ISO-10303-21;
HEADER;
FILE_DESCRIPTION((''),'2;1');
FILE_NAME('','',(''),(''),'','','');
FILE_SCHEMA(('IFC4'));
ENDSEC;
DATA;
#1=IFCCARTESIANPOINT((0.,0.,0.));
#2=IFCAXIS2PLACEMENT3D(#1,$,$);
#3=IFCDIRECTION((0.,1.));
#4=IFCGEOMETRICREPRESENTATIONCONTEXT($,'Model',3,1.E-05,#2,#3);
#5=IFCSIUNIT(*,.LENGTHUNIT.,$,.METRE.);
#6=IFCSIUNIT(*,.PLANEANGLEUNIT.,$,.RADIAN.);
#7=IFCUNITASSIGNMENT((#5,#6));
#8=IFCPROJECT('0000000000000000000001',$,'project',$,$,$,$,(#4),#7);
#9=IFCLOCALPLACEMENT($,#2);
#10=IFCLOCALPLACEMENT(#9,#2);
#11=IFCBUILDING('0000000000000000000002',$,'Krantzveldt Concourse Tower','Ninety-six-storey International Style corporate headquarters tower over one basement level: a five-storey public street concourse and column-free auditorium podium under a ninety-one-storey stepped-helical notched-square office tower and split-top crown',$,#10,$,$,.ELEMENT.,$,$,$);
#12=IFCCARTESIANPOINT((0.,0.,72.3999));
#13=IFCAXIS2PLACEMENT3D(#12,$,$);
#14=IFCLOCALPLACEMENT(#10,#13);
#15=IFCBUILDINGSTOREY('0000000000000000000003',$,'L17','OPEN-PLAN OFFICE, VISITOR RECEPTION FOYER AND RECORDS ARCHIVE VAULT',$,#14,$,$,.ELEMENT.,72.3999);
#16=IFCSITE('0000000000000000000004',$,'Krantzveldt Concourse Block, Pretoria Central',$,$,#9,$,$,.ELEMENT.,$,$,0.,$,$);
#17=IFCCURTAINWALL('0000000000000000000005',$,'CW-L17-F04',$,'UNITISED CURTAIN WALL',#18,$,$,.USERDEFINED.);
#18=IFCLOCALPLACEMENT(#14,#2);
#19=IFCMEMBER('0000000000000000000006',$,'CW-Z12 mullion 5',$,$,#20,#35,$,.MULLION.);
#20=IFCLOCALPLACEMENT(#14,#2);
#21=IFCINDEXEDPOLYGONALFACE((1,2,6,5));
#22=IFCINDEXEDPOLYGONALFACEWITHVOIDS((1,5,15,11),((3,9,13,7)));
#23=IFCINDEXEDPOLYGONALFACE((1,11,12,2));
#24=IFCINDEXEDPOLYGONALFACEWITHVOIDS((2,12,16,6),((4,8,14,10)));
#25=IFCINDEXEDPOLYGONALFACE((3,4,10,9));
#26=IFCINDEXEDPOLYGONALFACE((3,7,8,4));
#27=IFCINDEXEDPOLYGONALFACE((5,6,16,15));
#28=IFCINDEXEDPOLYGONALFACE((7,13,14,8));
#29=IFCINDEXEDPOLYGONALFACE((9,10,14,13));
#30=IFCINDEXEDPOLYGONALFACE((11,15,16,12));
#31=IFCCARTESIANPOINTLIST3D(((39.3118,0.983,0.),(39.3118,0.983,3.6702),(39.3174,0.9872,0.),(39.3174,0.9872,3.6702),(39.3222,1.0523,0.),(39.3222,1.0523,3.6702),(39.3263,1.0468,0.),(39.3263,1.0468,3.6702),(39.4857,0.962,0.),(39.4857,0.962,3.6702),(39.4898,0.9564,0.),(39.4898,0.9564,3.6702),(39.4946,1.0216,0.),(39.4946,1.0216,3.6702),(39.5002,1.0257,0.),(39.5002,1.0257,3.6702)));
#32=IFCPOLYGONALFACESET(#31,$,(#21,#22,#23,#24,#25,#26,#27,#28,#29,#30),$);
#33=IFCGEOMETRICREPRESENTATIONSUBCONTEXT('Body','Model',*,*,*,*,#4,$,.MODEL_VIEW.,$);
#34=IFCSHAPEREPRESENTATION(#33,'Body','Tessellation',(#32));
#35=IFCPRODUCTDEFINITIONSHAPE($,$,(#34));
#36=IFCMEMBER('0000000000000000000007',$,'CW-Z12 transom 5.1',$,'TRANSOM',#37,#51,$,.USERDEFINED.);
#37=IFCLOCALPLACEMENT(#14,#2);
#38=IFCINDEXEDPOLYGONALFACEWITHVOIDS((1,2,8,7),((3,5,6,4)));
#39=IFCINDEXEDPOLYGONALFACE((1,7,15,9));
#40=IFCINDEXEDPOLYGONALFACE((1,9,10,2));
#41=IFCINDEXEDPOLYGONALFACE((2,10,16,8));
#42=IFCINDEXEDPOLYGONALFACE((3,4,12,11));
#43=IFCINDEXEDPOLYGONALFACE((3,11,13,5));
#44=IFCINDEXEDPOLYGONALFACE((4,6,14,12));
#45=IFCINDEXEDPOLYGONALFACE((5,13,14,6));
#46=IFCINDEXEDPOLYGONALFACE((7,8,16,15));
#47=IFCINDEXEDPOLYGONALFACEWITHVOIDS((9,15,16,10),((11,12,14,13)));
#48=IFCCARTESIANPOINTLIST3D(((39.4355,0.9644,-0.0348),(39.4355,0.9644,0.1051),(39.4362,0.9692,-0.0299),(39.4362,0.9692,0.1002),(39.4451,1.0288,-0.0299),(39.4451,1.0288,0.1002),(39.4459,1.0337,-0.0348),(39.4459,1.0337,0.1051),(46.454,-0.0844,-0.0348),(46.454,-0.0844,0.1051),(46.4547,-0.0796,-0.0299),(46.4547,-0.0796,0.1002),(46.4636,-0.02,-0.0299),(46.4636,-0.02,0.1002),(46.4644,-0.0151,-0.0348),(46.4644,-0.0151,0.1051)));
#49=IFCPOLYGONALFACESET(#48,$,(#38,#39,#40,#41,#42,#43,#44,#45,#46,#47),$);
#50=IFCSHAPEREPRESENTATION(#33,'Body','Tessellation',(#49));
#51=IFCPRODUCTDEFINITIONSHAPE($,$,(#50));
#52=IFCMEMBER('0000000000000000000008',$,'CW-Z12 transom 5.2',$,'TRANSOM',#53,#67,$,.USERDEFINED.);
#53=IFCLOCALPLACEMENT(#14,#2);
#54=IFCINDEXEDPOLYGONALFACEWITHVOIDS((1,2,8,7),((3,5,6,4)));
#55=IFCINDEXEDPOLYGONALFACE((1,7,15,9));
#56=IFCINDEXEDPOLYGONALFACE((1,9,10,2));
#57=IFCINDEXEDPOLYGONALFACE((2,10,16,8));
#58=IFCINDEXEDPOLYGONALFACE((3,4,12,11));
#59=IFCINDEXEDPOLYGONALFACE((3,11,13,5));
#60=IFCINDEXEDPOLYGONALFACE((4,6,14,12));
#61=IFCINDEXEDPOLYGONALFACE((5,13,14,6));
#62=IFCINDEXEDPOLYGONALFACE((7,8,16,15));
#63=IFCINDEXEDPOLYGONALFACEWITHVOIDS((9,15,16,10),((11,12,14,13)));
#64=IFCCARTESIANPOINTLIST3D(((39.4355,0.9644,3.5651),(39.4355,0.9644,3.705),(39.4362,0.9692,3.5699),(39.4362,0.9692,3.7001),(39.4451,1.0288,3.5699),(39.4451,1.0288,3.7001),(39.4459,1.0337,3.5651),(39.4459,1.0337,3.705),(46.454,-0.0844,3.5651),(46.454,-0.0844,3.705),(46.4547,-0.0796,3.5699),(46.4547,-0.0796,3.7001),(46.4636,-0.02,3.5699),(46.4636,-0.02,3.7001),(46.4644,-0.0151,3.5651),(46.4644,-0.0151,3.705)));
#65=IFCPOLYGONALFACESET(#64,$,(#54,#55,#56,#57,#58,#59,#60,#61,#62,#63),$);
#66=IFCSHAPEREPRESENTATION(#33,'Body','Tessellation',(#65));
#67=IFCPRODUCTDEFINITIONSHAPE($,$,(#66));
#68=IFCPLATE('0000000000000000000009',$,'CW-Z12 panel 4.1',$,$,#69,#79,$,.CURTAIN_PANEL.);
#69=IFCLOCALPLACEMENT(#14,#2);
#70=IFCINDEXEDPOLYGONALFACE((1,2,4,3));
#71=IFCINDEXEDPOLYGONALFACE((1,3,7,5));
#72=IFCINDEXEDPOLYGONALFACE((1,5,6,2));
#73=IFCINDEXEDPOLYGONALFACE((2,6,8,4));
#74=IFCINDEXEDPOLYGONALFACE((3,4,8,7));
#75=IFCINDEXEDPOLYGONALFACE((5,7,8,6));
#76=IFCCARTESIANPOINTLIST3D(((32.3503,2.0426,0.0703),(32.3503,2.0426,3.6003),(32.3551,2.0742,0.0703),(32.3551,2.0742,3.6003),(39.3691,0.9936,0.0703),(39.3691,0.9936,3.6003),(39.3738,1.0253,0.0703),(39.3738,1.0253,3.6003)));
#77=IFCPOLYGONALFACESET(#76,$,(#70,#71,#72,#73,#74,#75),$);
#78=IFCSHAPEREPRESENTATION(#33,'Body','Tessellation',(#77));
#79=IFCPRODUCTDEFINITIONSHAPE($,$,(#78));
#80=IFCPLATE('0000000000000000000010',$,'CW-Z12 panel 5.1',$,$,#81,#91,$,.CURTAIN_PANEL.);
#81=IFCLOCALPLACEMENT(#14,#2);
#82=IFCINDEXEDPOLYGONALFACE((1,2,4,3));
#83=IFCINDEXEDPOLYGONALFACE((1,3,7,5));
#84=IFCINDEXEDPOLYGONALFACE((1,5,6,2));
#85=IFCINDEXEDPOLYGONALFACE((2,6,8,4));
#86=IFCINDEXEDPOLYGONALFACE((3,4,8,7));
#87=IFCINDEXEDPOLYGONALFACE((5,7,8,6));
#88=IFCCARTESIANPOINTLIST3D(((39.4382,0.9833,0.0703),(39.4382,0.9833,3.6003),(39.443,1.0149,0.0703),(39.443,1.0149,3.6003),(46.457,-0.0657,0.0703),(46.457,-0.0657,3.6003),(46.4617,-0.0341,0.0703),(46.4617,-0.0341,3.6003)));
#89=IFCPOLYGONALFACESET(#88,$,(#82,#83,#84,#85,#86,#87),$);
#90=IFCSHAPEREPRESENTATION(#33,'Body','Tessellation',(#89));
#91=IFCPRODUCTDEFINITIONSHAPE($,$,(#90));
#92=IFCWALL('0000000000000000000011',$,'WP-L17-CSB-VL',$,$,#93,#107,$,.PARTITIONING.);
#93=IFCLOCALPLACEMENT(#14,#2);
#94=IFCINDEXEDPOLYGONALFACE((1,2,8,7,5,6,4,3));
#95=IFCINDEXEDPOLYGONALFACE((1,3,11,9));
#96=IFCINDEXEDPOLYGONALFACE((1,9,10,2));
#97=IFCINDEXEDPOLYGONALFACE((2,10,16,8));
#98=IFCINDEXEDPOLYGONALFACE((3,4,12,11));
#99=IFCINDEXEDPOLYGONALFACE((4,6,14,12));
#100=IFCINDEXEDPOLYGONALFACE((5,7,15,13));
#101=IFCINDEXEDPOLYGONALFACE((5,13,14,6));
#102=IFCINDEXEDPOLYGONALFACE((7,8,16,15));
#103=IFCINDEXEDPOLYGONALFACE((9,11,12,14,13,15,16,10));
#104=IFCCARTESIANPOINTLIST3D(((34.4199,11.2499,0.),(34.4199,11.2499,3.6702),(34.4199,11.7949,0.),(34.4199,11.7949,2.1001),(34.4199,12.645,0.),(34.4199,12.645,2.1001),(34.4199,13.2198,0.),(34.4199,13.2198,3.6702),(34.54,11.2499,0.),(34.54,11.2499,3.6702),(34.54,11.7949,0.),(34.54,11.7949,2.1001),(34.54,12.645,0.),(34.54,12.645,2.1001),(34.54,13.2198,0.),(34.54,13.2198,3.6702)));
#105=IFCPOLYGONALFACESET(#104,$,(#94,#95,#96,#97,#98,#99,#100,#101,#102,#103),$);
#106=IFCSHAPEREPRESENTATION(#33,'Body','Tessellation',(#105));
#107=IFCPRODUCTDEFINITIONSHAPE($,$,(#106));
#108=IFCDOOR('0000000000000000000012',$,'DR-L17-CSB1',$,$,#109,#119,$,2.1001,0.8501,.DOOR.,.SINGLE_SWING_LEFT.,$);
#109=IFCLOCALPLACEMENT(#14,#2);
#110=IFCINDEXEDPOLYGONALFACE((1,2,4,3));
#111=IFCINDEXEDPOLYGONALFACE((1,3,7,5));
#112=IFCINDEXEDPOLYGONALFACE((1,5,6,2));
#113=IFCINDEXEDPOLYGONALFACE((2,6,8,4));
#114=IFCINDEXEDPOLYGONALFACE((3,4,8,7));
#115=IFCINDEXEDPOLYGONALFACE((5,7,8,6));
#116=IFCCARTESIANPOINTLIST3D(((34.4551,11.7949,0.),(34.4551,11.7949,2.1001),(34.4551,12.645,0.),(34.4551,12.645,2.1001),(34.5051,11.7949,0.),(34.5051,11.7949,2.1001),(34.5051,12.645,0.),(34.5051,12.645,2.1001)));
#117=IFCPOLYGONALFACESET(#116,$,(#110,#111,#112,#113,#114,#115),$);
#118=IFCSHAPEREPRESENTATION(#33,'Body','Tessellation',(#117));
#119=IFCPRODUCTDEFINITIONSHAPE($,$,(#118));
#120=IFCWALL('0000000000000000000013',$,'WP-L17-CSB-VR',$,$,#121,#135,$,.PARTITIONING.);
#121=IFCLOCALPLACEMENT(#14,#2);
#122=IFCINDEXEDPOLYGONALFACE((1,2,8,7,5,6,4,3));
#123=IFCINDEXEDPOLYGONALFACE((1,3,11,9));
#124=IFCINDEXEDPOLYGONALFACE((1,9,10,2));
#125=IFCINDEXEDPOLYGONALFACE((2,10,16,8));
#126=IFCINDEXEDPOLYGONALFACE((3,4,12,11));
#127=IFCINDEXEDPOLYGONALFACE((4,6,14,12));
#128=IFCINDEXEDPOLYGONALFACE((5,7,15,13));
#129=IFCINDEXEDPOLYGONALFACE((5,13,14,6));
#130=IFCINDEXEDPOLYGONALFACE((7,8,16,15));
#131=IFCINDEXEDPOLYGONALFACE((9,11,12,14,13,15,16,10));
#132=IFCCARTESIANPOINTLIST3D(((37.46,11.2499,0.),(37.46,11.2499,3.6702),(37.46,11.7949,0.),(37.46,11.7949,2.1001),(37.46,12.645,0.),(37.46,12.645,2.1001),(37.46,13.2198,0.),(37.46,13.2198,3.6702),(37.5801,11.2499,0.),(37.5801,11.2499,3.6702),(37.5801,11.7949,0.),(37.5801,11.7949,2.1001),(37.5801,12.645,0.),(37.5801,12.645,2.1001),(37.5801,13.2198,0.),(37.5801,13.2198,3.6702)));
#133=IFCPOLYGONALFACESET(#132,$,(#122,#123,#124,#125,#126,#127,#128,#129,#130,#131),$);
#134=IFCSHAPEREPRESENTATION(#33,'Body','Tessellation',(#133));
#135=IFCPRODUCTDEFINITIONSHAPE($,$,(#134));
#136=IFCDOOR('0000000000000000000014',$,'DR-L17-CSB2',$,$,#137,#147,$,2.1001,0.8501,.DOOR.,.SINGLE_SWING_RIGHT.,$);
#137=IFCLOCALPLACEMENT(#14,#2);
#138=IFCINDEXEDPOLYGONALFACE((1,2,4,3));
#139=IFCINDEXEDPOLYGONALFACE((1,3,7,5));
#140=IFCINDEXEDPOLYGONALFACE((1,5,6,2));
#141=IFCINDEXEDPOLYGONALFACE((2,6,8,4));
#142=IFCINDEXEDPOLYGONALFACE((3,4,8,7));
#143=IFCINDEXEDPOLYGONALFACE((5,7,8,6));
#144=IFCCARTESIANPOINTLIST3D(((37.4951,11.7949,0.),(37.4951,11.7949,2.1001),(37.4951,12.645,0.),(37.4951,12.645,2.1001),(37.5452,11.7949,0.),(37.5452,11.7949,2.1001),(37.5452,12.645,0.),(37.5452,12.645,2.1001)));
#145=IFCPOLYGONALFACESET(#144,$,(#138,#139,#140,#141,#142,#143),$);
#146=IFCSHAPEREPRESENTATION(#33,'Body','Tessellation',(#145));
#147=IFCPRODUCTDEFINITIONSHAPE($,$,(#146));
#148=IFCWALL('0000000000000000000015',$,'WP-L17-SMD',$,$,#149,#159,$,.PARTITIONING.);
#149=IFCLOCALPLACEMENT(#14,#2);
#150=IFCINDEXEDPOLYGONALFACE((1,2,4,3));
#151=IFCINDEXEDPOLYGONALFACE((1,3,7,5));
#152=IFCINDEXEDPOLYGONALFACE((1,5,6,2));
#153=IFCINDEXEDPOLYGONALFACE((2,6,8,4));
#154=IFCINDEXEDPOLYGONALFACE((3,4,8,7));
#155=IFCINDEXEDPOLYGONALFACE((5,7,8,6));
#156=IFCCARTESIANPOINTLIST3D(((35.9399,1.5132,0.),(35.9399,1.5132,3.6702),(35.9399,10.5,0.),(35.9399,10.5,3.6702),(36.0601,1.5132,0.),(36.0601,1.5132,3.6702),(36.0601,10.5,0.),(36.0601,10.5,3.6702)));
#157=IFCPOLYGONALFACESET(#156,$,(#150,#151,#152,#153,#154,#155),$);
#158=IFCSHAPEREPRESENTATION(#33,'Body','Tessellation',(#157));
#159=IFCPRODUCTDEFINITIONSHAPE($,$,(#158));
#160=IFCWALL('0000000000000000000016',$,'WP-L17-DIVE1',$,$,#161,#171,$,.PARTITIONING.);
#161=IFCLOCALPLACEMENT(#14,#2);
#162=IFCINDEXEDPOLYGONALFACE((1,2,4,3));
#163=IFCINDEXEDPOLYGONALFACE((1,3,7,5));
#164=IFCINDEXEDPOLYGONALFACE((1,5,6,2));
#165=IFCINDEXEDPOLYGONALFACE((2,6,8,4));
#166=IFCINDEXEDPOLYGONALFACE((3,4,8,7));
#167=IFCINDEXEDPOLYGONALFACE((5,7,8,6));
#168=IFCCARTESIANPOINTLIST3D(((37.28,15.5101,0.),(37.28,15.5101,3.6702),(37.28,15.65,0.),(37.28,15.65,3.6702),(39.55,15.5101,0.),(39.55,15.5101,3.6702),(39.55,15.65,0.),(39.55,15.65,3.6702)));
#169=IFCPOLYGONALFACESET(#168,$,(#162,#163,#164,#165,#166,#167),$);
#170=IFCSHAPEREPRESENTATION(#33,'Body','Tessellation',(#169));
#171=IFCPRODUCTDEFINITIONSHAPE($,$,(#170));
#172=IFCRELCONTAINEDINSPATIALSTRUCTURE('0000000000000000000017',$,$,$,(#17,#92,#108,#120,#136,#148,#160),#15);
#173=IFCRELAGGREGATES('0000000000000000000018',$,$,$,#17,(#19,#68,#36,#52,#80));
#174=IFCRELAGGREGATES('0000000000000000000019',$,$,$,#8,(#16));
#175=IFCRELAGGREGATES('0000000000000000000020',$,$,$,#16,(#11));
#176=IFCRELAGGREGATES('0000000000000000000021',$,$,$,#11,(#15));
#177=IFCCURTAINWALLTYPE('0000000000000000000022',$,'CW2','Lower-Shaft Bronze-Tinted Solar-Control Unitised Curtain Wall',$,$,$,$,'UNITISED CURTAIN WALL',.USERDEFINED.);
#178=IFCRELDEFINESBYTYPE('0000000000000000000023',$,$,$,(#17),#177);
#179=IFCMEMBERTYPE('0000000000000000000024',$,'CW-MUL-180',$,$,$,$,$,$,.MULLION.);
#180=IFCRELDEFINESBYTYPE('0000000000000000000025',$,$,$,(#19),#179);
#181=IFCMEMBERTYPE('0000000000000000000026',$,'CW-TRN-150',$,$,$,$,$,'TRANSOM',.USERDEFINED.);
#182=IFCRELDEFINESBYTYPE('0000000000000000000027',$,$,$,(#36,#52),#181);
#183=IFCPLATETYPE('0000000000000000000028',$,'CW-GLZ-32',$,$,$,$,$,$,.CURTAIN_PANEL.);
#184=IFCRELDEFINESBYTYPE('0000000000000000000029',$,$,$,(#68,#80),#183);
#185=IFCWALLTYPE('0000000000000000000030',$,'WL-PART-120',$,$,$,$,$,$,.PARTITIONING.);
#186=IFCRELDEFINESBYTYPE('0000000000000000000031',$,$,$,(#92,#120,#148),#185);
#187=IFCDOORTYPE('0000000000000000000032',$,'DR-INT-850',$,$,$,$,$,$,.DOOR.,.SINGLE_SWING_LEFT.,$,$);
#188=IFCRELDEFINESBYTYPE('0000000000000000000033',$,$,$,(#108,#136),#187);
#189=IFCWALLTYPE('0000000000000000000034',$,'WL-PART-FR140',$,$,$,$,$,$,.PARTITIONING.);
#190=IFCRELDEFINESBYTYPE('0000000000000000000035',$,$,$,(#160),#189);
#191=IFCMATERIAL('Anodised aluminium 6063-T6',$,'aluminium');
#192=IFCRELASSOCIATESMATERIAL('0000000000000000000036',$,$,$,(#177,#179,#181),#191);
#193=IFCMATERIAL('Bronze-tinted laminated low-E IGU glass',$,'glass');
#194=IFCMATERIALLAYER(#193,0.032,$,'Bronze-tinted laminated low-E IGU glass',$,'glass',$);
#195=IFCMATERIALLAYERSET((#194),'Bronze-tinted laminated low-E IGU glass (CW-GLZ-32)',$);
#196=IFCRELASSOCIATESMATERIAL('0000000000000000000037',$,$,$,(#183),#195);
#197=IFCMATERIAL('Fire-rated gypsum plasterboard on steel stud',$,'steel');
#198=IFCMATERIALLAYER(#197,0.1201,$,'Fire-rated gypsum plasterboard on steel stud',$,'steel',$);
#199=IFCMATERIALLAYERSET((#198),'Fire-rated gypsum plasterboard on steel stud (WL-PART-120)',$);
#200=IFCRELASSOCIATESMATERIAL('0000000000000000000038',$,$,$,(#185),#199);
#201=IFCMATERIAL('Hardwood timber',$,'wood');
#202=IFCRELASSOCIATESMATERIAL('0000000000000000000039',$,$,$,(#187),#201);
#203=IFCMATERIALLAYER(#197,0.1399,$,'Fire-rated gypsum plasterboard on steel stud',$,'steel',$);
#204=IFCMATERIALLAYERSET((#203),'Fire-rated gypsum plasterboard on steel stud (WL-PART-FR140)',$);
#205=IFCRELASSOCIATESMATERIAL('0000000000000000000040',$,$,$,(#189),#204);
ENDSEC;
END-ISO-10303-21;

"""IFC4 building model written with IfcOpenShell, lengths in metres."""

from ifc_helpers import new_model, si_unit, direction, frame, frame_2d, origin, origin_2d, place, context, subcontext, project, spatial, rectangle, hollow_rectangle, extrude, source, transform, mapped, material, layer, layer_set, material_profile, profile_set, type_object, type_shapes, element, fill, aggregate, save


model = new_model("IFC4")

# Units and contexts
model_context = context("Model", 3, precision=1e-05, world=origin(), true_north=direction((0.0, 1.0)))
body_context = subcontext(model_context, "Body", "Model", "MODEL_VIEW")
ifc_project = project(units=[si_unit("LENGTHUNIT", "METRE"), si_unit("PLANEANGLEUNIT", "RADIAN")], contexts=[model_context])

# Site, building, storey
site_placement = place(None, origin())
site = spatial("IfcSite", under=ifc_project, at=site_placement, Name="Krantzveldt Concourse Block, Pretoria Central", CompositionType="ELEMENT", RefElevation=0.0)
building_placement = place(site_placement, origin())
building = spatial("IfcBuilding", under=site, at=building_placement, Name="Krantzveldt Concourse Tower", Description="Ninety-six-storey International Style corporate headquarters tower over one basement level: a five-storey public street concourse and column-free auditorium podium under a ninety-one-storey stepped-helical notched-square office tower and split-top crown", CompositionType="ELEMENT")
storey_placement = place(building_placement, frame((0.0, 0.0, 72.3999)))
storey = spatial("IfcBuildingStorey", under=building, at=storey_placement, Name="L17", Description="OPEN-PLAN OFFICE, VISITOR RECEPTION FOYER AND RECORDS ARCHIVE VAULT", CompositionType="ELEMENT", Elevation=72.3999)

# Curtain wall, members, plates
ifc_material_1 = material(Name="Anodised aluminium 6063-T6", Category="aluminium")
curtain_wall_type = type_object("IfcCurtainWallType", Name="CW2", Description="Lower-Shaft Bronze-Tinted Solar-Control Unitised Curtain Wall", ElementType="UNITISED CURTAIN WALL", PredefinedType="USERDEFINED", material=ifc_material_1)
curtain_wall_placement = place(storey_placement, origin())
curtain_wall = element("IfcCurtainWall", 1, at=curtain_wall_placement, inside=storey, type_object=curtain_wall_type, Name="CW-L17-F04", ObjectType="UNITISED CURTAIN WALL", PredefinedType="USERDEFINED")
ifc_material_profile_1 = material_profile(ifc_material_1, hollow_rectangle(XDim=0.0701, YDim=0.1799, WallThickness=0.0049, at=origin_2d()), Name="Anodised aluminium 6063-T6", Category="aluminium")
ifc_profile_set_1 = profile_set([ifc_material_profile_1], Name="Anodised aluminium 6063-T6 - ALU-MULL 180x70x5")
member_type_1 = type_object("IfcMemberType", Name="CW-MUL-180", PredefinedType="MULLION", material=ifc_profile_set_1)
shared_shape_1 = source(origin(), body_context, "Body", "SweptSolid", [
    extrude(hollow_rectangle(XDim=0.0701, YDim=0.1799, WallThickness=0.0049, at=origin_2d()), origin(), (0.0, 0.0, 1.0), 3.6702),
])
type_shapes(member_type_1, [shared_shape_1])
member_1_placement = place(storey_placement, frame((39.406, 1.0044, 0.0), z_axis=(0.0, 0.0, 1.0), x_axis=(0.14781, 0.989016, 0.0)))
member_1 = element("IfcMember", 2, at=member_1_placement, type_object=member_type_1, Name="CW-Z12 mullion 5", PredefinedType="MULLION", context=body_context, shape_type="MappedRepresentation", body=[
    mapped(shared_shape_1, transform((0.0, 0.0, 0.0), x_axis=(1.0, 0.0, 0.0), y_axis=(0.0, 1.0, 0.0), z_axis=(0.0, 0.0, 1.0), scale=1.0)),
])
ifc_material_profile_2 = material_profile(ifc_material_1, hollow_rectangle(XDim=0.0701, YDim=0.1399, WallThickness=0.0049, at=origin_2d()), Name="Anodised aluminium 6063-T6", Category="aluminium")
ifc_profile_set_2 = profile_set([ifc_material_profile_2], Name="Anodised aluminium 6063-T6 - ALU-TRAN 140x70x5")
member_type_2 = type_object("IfcMemberType", Name="CW-TRN-150", ElementType="TRANSOM", PredefinedType="USERDEFINED", material=ifc_profile_set_2)
shared_shape_2 = source(origin(), body_context, "Body", "SweptSolid", [
    extrude(hollow_rectangle(XDim=0.0701, YDim=0.1399, WallThickness=0.0049, at=origin_2d()), origin(), (0.0, 0.0, 1.0), 7.0964),
])
type_shapes(member_type_2, [shared_shape_2])
member_2_placement = place(storey_placement, frame((39.4407, 0.999, 0.0352), z_axis=(0.989018, -0.147795, 0.0), x_axis=(0.147795, 0.989018, 0.0)))
member_2 = element("IfcMember", 3, at=member_2_placement, type_object=member_type_2, Name="CW-Z12 transom 5.1", ObjectType="TRANSOM", PredefinedType="USERDEFINED", context=body_context, shape_type="MappedRepresentation", body=[
    mapped(shared_shape_2, transform((0.0, 0.0, 0.0), x_axis=(1.0, 0.0, 0.0), y_axis=(0.0, 1.0, 0.0), z_axis=(0.0, 0.0, 1.0), scale=1.0)),
])
member_3_placement = place(storey_placement, frame((39.4407, 0.999, 3.635), z_axis=(0.989018, -0.147795, 0.0), x_axis=(0.147795, 0.989018, 0.0)))
member_3 = element("IfcMember", 4, at=member_3_placement, type_object=member_type_2, Name="CW-Z12 transom 5.2", ObjectType="TRANSOM", PredefinedType="USERDEFINED", context=body_context, shape_type="MappedRepresentation", body=[
    mapped(shared_shape_2, transform((0.0, 0.0, 0.0), x_axis=(1.0, 0.0, 0.0), y_axis=(0.0, 1.0, 0.0), z_axis=(0.0, 0.0, 1.0), scale=1.0)),
])
ifc_material_2 = material(Name="Bronze-tinted laminated low-E IGU glass", Category="glass")
ifc_layer_1 = layer(ifc_material_2, 0.032, Name="Bronze-tinted laminated low-E IGU glass", Category="glass")
ifc_layer_set_1 = layer_set([ifc_layer_1], Name="Bronze-tinted laminated low-E IGU glass (CW-GLZ-32)")
plate_type = type_object("IfcPlateType", Name="CW-GLZ-32", PredefinedType="CURTAIN_PANEL", material=ifc_layer_set_1)
shared_shape_3 = source(origin(), body_context, "Body", "SweptSolid", [
    extrude(rectangle(XDim=7.0967, YDim=0.032, at=origin_2d()), origin(), (0.0, 0.0, 1.0), 3.53),
])
type_shapes(plate_type, [shared_shape_3])
plate_1_placement = place(storey_placement, frame((35.8621, 1.5339, 0.0703), z_axis=(0.0, 0.0, 1.0), x_axis=(0.989016, -0.14781, 0.0)))
plate_1 = element("IfcPlate", 5, at=plate_1_placement, type_object=plate_type, Name="CW-Z12 panel 4.1", PredefinedType="CURTAIN_PANEL", context=body_context, shape_type="MappedRepresentation", body=[
    mapped(shared_shape_3, transform((0.0, 0.0, 0.0), x_axis=(1.0, 0.0, 0.0), y_axis=(0.0, 1.0, 0.0), z_axis=(0.0, 0.0, 1.0), scale=1.0)),
])
plate_2_placement = place(storey_placement, frame((42.95, 0.4746, 0.0703), z_axis=(0.0, 0.0, 1.0), x_axis=(0.989016, -0.14781, 0.0)))
plate_2 = element("IfcPlate", 6, at=plate_2_placement, type_object=plate_type, Name="CW-Z12 panel 5.1", PredefinedType="CURTAIN_PANEL", context=body_context, shape_type="MappedRepresentation", body=[
    mapped(shared_shape_3, transform((0.0, 0.0, 0.0), x_axis=(1.0, 0.0, 0.0), y_axis=(0.0, 1.0, 0.0), z_axis=(0.0, 0.0, 1.0), scale=1.0)),
])
aggregate(curtain_wall, [member_1, plate_1, member_2, member_3, plate_2])

# Walls, openings, doors
ifc_material_3 = material(Name="Fire-rated gypsum plasterboard on steel stud", Category="steel")
ifc_layer_2 = layer(ifc_material_3, 0.1201, Name="Fire-rated gypsum plasterboard on steel stud", Category="steel")
ifc_layer_set_2 = layer_set([ifc_layer_2], Name="Fire-rated gypsum plasterboard on steel stud (WL-PART-120)")
wall_type_1 = type_object("IfcWallType", Name="WL-PART-120", PredefinedType="PARTITIONING", material=ifc_layer_set_2)
wall_1_placement = place(storey_placement, frame((34.48, 11.25, 0.0), z_axis=(0.0, 0.0, 1.0), x_axis=(0.0, 1.0, 0.0)))
wall_1 = element("IfcWall", 7, at=wall_1_placement, inside=storey, type_object=wall_type_1, Name="WP-L17-CSB-VL", PredefinedType="PARTITIONING", context=body_context, shape_type="SweptSolid", body=[
    extrude(rectangle(XDim=1.97, YDim=0.1201, at=frame_2d((0.9849, 0.0))), origin(), (0.0, 0.0, 1.0), 3.6702),
])
opening_1_placement = place(wall_1_placement, frame((0.5449, 0.0, 0.0)))
opening_1 = element("IfcOpeningElement", 8, at=opening_1_placement, cuts=wall_1, PredefinedType="OPENING", context=body_context, shape_type="SweptSolid", body=[
    extrude(rectangle(XDim=0.8501, YDim=2.1001, at=frame_2d((0.425, 1.05))), frame((0.0, 0.0701, 0.0), z_axis=(0.0, -1.0, 0.0), x_axis=(1.0, 0.0, 0.0)), (0.0, 0.0, 1.0), 0.1401),
])
ifc_material_4 = material(Name="Hardwood timber", Category="wood")
door_type_1 = type_object("IfcDoorType", Name="DR-INT-850", OperationType="SINGLE_SWING_LEFT", PredefinedType="DOOR", material=ifc_material_4)
door_1_placement = place(opening_1_placement, origin())
door_1 = element("IfcDoor", 9, at=door_1_placement, inside=storey, type_object=door_type_1, Name="DR-L17-CSB1", OperationType="SINGLE_SWING_LEFT", OverallHeight=2.1001, OverallWidth=0.8501, PredefinedType="DOOR", context=body_context, shape_type="SweptSolid", body=[
    extrude(rectangle(XDim=0.8501, YDim=2.1001, at=frame_2d((0.425, 1.05))), frame((0.0, 0.0249, 0.0), z_axis=(0.0, -1.0, 0.0), x_axis=(1.0, 0.0, 0.0)), (0.0, 0.0, 1.0), 0.05),
])
fill(opening_1, door_1)
wall_2_placement = place(storey_placement, frame((37.52, 11.25, 0.0), z_axis=(0.0, 0.0, 1.0), x_axis=(0.0, 1.0, 0.0)))
wall_2 = element("IfcWall", 10, at=wall_2_placement, inside=storey, type_object=wall_type_1, Name="WP-L17-CSB-VR", PredefinedType="PARTITIONING", context=body_context, shape_type="SweptSolid", body=[
    extrude(rectangle(XDim=1.97, YDim=0.1201, at=frame_2d((0.9849, 0.0))), origin(), (0.0, 0.0, 1.0), 3.6702),
])
opening_2_placement = place(wall_2_placement, frame((0.5449, 0.0, 0.0)))
opening_2 = element("IfcOpeningElement", 11, at=opening_2_placement, cuts=wall_2, PredefinedType="OPENING", context=body_context, shape_type="SweptSolid", body=[
    extrude(rectangle(XDim=0.8501, YDim=2.1001, at=frame_2d((0.425, 1.05))), frame((0.0, 0.0701, 0.0), z_axis=(0.0, -1.0, 0.0), x_axis=(1.0, 0.0, 0.0)), (0.0, 0.0, 1.0), 0.1401),
])
door_2_placement = place(opening_2_placement, origin())
door_2 = element("IfcDoor", 12, at=door_2_placement, inside=storey, type_object=door_type_1, Name="DR-L17-CSB2", OperationType="SINGLE_SWING_RIGHT", OverallHeight=2.1001, OverallWidth=0.8501, PredefinedType="DOOR", context=body_context, shape_type="SweptSolid", body=[
    extrude(rectangle(XDim=0.8501, YDim=2.1001, at=frame_2d((0.425, 1.05))), frame((0.0, 0.0249, 0.0), z_axis=(0.0, -1.0, 0.0), x_axis=(1.0, 0.0, 0.0)), (0.0, 0.0, 1.0), 0.05),
])
fill(opening_2, door_2)

# Wall
wall_3_placement = place(storey_placement, frame((36.0, 1.5132, 0.0), z_axis=(0.0, 0.0, 1.0), x_axis=(0.0, 1.0, 0.0)))
element("IfcWall", 13, at=wall_3_placement, inside=storey, type_object=wall_type_1, Name="WP-L17-SMD", PredefinedType="PARTITIONING", context=body_context, shape_type="SweptSolid", body=[
    extrude(rectangle(XDim=8.9868, YDim=0.1201, at=frame_2d((4.4934, 0.0))), origin(), (0.0, 0.0, 1.0), 3.6702),
])

# Shared definitions
ifc_layer_3 = layer(ifc_material_3, 0.1399, Name="Fire-rated gypsum plasterboard on steel stud", Category="steel")
ifc_layer_set_3 = layer_set([ifc_layer_3], Name="Fire-rated gypsum plasterboard on steel stud (WL-PART-FR140)")
wall_type_2 = type_object("IfcWallType", Name="WL-PART-FR140", PredefinedType="PARTITIONING", material=ifc_layer_set_3)

# Wall
wall_4_placement = place(storey_placement, frame((37.28, 15.5801, 0.0), z_axis=(0.0, 0.0, 1.0), x_axis=(1.0, 0.0, 0.0)))
element("IfcWall", 14, at=wall_4_placement, inside=storey, type_object=wall_type_2, Name="WP-L17-DIVE1", PredefinedType="PARTITIONING", context=body_context, shape_type="SweptSolid", body=[
    extrude(rectangle(XDim=2.27, YDim=0.1399, at=frame_2d((1.135, 0.0))), origin(), (0.0, 0.0, 1.0), 3.6702),
])

save(model, "model.ifc")
